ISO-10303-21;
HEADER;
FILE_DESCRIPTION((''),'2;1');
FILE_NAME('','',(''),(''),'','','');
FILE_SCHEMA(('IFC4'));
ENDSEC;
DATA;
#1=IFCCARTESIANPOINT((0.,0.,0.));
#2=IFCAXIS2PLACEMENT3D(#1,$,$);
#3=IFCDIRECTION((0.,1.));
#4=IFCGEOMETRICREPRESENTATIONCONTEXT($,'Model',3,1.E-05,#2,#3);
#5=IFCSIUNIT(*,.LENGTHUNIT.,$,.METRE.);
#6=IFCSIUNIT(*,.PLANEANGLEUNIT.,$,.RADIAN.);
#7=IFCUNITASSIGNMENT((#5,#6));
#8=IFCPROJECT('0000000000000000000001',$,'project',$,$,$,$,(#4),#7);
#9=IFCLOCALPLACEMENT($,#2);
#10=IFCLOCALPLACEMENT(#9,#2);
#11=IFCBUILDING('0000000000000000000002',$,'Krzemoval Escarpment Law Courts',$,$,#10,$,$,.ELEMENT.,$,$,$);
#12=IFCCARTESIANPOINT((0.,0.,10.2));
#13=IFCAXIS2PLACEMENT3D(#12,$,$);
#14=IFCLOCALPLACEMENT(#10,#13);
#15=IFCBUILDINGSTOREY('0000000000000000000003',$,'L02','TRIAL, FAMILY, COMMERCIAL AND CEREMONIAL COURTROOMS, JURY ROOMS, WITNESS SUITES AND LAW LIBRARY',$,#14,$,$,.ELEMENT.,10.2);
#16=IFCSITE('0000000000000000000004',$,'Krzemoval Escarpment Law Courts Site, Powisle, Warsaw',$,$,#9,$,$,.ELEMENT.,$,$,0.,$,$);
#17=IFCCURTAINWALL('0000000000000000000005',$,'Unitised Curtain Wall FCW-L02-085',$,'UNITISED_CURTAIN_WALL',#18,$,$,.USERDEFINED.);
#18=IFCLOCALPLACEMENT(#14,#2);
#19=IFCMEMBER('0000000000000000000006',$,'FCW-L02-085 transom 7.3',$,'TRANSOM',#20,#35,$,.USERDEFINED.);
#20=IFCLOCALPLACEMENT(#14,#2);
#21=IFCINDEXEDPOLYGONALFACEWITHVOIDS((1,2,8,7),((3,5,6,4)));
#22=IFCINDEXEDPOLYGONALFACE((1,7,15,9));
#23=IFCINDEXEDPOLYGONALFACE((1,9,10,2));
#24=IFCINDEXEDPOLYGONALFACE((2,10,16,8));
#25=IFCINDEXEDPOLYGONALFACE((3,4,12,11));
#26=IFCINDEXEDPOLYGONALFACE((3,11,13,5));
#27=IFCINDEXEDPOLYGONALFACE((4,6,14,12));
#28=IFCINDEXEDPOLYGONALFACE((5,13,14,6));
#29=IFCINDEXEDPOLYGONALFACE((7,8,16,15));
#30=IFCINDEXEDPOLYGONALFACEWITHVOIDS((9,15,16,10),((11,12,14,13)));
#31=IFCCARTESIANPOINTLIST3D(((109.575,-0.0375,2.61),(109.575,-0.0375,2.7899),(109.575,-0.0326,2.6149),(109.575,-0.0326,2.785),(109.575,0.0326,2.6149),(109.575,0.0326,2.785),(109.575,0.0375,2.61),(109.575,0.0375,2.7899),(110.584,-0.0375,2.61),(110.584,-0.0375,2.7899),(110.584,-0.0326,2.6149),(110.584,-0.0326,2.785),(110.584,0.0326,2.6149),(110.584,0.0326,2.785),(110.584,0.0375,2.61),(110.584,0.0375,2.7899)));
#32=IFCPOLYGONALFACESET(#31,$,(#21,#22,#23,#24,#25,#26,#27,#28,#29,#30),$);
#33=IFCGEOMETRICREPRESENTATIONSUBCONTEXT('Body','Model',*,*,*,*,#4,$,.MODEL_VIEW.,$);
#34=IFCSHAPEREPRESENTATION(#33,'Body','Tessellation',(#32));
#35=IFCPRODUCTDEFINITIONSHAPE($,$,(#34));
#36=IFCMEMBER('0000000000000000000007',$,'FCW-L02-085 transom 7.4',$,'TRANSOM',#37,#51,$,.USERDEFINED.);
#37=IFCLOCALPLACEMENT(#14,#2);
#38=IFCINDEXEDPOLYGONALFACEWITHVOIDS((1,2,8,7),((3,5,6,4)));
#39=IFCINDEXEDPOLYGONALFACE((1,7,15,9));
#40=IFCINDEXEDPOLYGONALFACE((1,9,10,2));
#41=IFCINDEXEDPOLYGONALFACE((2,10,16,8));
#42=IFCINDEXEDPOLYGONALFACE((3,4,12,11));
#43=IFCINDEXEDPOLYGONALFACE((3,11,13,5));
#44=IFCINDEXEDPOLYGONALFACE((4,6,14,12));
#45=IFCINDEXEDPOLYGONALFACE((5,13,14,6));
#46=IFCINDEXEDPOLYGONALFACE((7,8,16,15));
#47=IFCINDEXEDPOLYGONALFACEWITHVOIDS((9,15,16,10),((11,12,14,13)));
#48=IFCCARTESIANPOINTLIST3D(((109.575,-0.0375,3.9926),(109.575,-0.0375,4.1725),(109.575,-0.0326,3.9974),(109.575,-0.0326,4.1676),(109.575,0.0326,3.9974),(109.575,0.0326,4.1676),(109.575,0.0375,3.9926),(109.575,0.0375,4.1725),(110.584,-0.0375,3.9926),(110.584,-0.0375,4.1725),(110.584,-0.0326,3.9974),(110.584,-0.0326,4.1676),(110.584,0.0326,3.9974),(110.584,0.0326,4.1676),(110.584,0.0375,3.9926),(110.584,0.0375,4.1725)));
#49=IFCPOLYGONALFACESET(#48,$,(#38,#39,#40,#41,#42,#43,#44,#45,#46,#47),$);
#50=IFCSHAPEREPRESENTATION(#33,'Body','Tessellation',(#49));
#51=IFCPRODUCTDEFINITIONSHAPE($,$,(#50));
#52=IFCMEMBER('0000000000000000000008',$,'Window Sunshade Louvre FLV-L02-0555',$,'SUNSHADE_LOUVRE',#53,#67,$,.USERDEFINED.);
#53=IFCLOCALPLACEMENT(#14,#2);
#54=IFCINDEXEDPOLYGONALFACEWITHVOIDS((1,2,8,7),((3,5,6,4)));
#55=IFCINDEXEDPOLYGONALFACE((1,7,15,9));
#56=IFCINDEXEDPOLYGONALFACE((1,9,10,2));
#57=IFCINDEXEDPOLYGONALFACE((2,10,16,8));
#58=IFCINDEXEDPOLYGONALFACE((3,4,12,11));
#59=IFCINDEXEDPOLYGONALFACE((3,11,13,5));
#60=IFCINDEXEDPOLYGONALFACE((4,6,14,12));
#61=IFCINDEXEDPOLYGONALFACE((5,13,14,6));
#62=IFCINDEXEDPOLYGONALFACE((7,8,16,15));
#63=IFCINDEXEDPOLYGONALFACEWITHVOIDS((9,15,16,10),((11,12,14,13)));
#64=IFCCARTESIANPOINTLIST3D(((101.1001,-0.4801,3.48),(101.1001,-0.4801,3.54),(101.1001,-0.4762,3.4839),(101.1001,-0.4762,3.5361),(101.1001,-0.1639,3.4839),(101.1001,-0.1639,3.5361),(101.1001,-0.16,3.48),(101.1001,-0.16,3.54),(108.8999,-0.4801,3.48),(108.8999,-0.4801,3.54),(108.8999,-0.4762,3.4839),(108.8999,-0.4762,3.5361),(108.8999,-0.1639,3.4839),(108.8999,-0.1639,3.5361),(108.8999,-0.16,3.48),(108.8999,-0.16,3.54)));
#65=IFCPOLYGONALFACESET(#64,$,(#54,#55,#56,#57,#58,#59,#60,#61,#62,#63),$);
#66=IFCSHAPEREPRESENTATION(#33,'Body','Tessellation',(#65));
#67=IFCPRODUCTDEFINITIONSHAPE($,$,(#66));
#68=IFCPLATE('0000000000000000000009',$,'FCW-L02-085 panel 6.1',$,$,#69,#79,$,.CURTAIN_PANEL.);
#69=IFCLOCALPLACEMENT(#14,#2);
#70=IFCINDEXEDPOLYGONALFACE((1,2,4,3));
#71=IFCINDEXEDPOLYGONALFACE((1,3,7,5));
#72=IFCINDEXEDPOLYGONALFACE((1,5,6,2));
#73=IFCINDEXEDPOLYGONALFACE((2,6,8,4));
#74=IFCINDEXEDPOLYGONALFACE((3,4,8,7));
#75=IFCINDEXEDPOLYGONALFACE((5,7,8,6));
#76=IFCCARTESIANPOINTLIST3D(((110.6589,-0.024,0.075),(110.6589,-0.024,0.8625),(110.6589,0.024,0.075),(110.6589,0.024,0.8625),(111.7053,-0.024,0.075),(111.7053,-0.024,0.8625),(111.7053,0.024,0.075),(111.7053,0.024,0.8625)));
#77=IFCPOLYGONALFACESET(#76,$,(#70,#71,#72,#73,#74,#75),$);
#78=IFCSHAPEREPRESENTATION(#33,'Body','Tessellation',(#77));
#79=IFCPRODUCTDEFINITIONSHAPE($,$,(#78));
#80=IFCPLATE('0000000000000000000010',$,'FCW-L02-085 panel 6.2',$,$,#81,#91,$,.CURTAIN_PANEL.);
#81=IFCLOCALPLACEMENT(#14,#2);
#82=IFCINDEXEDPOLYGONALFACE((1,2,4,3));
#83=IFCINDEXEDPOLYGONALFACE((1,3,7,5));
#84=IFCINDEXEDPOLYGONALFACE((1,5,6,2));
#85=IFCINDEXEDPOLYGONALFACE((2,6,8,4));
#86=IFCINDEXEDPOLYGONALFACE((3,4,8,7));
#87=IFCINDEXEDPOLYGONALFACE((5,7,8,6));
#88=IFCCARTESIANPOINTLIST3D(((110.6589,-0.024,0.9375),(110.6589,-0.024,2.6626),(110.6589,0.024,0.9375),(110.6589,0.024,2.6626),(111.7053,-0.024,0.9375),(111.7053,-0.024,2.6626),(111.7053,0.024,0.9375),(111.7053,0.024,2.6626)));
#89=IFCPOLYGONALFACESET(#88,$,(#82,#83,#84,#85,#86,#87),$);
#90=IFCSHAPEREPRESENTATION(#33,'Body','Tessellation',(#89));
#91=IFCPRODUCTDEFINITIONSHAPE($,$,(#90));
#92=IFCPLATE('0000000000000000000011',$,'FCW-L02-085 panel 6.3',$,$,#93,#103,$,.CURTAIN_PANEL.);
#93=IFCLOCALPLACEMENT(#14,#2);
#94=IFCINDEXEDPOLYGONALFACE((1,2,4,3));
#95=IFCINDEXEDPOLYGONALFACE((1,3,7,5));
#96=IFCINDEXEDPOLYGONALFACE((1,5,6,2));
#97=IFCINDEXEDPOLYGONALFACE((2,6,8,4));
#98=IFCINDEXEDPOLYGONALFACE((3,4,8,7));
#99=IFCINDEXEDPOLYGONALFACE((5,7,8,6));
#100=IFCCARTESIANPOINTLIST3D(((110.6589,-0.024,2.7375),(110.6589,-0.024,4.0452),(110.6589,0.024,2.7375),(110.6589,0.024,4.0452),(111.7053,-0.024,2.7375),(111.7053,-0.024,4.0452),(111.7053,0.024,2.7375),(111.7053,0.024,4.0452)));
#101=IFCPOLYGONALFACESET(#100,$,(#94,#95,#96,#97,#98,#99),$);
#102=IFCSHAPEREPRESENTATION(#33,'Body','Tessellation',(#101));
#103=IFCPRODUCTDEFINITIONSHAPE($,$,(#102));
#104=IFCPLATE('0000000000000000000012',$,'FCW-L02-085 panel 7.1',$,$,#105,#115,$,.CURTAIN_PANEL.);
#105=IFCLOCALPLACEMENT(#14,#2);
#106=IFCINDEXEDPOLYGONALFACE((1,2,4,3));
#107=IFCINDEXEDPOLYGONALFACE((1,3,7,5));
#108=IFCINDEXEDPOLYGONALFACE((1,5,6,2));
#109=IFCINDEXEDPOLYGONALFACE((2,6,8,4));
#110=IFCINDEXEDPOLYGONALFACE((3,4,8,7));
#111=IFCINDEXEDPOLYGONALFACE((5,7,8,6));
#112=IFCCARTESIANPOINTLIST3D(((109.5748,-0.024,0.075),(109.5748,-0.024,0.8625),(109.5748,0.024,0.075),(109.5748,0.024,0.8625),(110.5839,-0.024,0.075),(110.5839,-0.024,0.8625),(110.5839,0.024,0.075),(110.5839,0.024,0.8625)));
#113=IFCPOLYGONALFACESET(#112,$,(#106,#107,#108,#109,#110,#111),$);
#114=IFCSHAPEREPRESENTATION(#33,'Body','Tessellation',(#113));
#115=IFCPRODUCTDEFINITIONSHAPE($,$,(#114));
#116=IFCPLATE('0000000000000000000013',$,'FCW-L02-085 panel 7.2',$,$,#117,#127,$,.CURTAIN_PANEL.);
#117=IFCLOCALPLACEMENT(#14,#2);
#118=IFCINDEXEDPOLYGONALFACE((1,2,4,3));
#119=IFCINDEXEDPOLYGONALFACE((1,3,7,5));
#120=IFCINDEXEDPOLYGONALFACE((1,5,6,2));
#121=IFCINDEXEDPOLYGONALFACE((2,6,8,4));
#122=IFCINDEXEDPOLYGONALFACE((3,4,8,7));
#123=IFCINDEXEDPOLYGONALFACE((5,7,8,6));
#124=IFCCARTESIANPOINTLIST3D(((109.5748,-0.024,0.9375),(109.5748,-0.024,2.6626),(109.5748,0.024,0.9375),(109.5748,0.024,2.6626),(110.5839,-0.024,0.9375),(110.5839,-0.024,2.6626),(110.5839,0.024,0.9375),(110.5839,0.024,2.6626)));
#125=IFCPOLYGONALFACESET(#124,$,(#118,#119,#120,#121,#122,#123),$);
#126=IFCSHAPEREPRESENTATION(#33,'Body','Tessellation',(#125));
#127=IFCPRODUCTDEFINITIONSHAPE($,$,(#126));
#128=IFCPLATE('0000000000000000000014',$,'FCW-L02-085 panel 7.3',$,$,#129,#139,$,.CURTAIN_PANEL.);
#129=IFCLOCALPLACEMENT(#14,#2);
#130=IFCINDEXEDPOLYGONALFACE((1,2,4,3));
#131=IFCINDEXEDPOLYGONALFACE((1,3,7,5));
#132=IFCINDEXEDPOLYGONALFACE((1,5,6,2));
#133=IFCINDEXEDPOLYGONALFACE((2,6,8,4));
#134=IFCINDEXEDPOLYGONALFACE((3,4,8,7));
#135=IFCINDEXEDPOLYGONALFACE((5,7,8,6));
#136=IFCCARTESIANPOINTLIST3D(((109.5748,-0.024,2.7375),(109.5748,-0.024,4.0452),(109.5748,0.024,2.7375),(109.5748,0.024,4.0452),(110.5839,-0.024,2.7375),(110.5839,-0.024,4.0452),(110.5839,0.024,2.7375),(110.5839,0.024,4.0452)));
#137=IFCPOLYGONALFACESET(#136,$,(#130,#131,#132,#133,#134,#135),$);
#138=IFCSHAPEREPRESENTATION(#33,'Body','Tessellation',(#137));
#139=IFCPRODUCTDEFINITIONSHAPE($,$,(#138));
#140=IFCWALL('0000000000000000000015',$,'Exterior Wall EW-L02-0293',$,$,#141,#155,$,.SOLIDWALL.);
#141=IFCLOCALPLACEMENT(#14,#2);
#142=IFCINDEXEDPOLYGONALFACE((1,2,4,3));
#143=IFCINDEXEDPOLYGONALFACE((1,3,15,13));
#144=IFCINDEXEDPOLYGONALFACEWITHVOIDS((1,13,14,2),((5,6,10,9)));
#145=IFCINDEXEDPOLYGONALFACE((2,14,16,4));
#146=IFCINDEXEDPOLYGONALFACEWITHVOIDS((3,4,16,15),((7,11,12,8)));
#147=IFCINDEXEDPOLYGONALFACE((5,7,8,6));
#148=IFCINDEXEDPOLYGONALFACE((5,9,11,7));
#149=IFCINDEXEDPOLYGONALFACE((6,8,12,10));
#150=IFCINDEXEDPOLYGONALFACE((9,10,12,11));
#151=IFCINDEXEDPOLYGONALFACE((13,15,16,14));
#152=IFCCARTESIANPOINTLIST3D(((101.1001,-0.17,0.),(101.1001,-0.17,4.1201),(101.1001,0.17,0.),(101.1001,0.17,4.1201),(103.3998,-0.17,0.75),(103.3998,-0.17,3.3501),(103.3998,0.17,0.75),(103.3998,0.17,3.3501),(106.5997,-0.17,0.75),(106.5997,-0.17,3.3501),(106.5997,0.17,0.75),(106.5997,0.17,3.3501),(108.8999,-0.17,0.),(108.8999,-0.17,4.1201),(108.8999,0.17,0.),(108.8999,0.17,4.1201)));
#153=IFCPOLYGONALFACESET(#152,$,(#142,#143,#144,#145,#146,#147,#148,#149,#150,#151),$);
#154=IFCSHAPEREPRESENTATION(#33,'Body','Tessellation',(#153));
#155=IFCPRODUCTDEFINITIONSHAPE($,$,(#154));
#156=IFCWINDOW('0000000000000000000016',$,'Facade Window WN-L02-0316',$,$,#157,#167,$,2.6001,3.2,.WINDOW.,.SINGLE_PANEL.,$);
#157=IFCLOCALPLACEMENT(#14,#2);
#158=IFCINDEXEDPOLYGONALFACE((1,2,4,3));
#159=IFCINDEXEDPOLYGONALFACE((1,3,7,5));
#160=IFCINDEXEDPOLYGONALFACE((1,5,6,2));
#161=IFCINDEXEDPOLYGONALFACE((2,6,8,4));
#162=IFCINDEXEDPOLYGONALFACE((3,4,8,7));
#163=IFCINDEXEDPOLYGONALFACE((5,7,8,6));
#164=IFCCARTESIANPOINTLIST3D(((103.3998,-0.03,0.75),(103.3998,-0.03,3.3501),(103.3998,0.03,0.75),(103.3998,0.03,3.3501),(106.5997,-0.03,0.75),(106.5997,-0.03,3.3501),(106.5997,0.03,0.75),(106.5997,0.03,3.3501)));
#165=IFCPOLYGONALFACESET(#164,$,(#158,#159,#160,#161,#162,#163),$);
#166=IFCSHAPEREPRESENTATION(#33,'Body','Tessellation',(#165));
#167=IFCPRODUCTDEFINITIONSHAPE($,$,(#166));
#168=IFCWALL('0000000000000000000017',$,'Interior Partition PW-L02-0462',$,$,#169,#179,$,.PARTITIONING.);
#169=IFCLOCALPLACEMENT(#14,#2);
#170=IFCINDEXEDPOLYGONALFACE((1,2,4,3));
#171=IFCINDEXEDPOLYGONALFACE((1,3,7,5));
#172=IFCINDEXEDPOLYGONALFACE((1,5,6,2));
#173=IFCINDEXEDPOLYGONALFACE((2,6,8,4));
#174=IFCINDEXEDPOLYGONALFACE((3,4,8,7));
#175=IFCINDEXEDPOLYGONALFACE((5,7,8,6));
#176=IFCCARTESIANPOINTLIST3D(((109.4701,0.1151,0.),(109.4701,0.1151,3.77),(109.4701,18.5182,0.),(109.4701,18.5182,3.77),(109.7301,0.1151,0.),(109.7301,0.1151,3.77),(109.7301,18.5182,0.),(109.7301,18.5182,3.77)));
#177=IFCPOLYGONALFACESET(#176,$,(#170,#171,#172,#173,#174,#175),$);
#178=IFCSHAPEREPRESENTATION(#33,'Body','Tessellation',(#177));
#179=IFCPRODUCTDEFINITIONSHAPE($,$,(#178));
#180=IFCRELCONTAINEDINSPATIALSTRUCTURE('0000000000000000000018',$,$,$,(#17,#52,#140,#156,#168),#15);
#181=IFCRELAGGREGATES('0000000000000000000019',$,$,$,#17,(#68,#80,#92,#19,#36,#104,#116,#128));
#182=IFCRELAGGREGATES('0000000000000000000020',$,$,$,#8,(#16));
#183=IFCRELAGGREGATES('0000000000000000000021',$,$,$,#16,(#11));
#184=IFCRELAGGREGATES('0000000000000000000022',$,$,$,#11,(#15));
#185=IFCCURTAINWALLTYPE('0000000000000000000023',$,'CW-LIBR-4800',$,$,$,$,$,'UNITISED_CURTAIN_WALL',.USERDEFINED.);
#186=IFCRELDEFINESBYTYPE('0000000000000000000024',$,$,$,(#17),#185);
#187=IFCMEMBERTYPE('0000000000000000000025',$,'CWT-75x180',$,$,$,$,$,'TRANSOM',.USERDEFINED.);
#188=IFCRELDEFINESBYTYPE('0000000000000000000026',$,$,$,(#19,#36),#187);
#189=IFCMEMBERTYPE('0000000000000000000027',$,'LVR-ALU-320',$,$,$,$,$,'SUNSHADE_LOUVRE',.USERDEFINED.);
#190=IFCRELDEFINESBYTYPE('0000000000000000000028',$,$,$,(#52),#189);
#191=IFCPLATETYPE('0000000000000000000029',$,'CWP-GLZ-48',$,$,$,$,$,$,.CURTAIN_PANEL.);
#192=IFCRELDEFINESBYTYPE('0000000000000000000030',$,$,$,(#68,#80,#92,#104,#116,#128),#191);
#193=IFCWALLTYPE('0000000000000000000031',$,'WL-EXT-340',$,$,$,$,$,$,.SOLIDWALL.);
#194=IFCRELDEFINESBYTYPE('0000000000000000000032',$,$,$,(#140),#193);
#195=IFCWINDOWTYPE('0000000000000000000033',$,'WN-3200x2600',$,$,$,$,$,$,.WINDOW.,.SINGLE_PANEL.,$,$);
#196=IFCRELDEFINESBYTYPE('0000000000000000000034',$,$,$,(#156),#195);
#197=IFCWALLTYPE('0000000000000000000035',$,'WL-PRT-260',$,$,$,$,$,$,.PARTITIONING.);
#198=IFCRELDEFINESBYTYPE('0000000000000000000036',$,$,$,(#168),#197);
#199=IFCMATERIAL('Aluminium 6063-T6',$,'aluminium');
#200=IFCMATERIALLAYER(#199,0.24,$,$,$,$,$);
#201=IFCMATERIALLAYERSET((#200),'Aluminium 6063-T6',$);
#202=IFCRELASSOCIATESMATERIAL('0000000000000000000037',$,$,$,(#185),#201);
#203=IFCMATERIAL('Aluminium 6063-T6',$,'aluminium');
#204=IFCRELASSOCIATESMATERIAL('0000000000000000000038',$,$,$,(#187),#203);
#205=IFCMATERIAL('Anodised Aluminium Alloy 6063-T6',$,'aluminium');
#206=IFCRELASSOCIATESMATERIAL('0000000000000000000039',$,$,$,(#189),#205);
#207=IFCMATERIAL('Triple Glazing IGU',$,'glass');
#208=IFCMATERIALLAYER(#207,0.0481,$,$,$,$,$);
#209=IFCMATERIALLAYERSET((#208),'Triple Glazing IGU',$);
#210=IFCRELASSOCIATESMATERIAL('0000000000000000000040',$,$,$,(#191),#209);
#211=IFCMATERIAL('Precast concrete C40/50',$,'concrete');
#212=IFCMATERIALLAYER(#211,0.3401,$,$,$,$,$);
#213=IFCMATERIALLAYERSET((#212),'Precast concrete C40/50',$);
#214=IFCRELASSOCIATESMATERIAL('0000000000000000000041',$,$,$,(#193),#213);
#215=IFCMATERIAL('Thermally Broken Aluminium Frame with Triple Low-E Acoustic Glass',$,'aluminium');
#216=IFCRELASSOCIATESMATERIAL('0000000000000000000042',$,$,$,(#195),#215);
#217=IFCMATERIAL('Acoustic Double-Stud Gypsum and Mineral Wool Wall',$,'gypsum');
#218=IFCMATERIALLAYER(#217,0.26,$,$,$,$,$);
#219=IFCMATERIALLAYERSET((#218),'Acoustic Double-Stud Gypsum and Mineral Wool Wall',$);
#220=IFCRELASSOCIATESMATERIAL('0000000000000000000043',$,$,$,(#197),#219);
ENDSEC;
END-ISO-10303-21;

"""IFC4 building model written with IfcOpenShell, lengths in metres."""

from ifc_helpers import new_model, si_unit, direction, frame, frame_2d, origin, origin_2d, place, context, subcontext, project, spatial, rectangle, hollow_rectangle, extrude, material, layer, layer_set, material_profile, profile_set, type_object, element, fill, aggregate, save


model = new_model("IFC4")

# Units and contexts
model_context = context("Model", 3, precision=1e-05, world=origin(), true_north=direction((0.0, 1.0)))
body_context = subcontext(model_context, "Body", "Model", "MODEL_VIEW")
ifc_project = project(units=[si_unit("LENGTHUNIT", "METRE"), si_unit("PLANEANGLEUNIT", "RADIAN")], contexts=[model_context])

# Site, building, storey
site_placement = place(None, origin())
site = spatial("IfcSite", under=ifc_project, at=site_placement, Name="Krzemoval Escarpment Law Courts Site, Powisle, Warsaw", CompositionType="ELEMENT", RefElevation=0.0)
building_placement = place(site_placement, origin())
building = spatial("IfcBuilding", under=site, at=building_placement, Name="Krzemoval Escarpment Law Courts", CompositionType="ELEMENT")
storey_placement = place(building_placement, frame((0.0, 0.0, 10.2)))
storey = spatial("IfcBuildingStorey", under=building, at=storey_placement, Name="L02", Description="TRIAL, FAMILY, COMMERCIAL AND CEREMONIAL COURTROOMS, JURY ROOMS, WITNESS SUITES AND LAW LIBRARY", CompositionType="ELEMENT", Elevation=10.2)

# Curtain wall, members
ifc_material_1 = material(Name="Aluminium 6063-T6", Category="aluminium")
ifc_layer_1 = layer(ifc_material_1, 0.24)
ifc_layer_set_1 = layer_set([ifc_layer_1], Name="Aluminium 6063-T6")
curtain_wall_type = type_object("IfcCurtainWallType", Name="CW-LIBR-4800", ElementType="UNITISED_CURTAIN_WALL", PredefinedType="USERDEFINED", material=ifc_layer_set_1)
curtain_wall_placement = place(storey_placement, origin())
curtain_wall = element("IfcCurtainWall", 1, at=curtain_wall_placement, inside=storey, type_object=curtain_wall_type, Name="Unitised Curtain Wall FCW-L02-085", ObjectType="UNITISED_CURTAIN_WALL", PredefinedType="USERDEFINED")
ifc_material_2 = material(Name="Aluminium 6063-T6", Category="aluminium")
ifc_material_profile_1 = material_profile(ifc_material_2, hollow_rectangle(XDim=0.075, YDim=0.1799, WallThickness=0.0049, at=origin_2d()), Name="ALU T75x180")
ifc_profile_set_1 = profile_set([ifc_material_profile_1], Name="Aluminium 6063-T6")
member_type_1 = type_object("IfcMemberType", Name="CWT-75x180", ElementType="TRANSOM", PredefinedType="USERDEFINED", material=ifc_profile_set_1)
member_1_placement = place(storey_placement, frame((110.584, 0.0, 2.7), z_axis=(-1.0, 0.0, 0.0), x_axis=(0.0, -1.0, 0.0)))
member_1 = element("IfcMember", 2, at=member_1_placement, type_object=member_type_1, Name="FCW-L02-085 transom 7.3", ObjectType="TRANSOM", PredefinedType="USERDEFINED", context=body_context, shape_type="SweptSolid", body=[
    extrude(hollow_rectangle(XDim=0.075, YDim=0.1799, WallThickness=0.0049, at=origin_2d()), origin(), (0.0, 0.0, 1.0), 1.009),
])
member_2_placement = place(storey_placement, frame((110.584, 0.0, 4.0825), z_axis=(-1.0, 0.0, 0.0), x_axis=(0.0, -1.0, 0.0)))
member_2 = element("IfcMember", 3, at=member_2_placement, type_object=member_type_1, Name="FCW-L02-085 transom 7.4", ObjectType="TRANSOM", PredefinedType="USERDEFINED", context=body_context, shape_type="SweptSolid", body=[
    extrude(hollow_rectangle(XDim=0.075, YDim=0.1799, WallThickness=0.0049, at=origin_2d()), origin(), (0.0, 0.0, 1.0), 1.009),
])

# Member
ifc_material_3 = material(Name="Anodised Aluminium Alloy 6063-T6", Category="aluminium")
ifc_material_profile_2 = material_profile(ifc_material_3, hollow_rectangle(XDim=0.0601, YDim=0.3201, WallThickness=0.0039, at=origin_2d()), Name="ALU LVR 60x320")
ifc_profile_set_2 = profile_set([ifc_material_profile_2], Name="Anodised Aluminium Alloy 6063-T6")
member_type_2 = type_object("IfcMemberType", Name="LVR-ALU-320", ElementType="SUNSHADE_LOUVRE", PredefinedType="USERDEFINED", material=ifc_profile_set_2)
member_3_placement = place(storey_placement, frame((108.8999, -0.3201, 3.51), z_axis=(-1.0, 0.0, 0.0), x_axis=(0.0, 0.0, 1.0)))
element("IfcMember", 4, at=member_3_placement, inside=storey, type_object=member_type_2, Name="Window Sunshade Louvre FLV-L02-0555", ObjectType="SUNSHADE_LOUVRE", PredefinedType="USERDEFINED", context=body_context, shape_type="SweptSolid", body=[
    extrude(hollow_rectangle(XDim=0.0601, YDim=0.3201, WallThickness=0.0039, at=origin_2d()), origin(), (0.0, 0.0, 1.0), 7.7998),
])

# Plates
ifc_material_4 = material(Name="Triple Glazing IGU", Category="glass")
ifc_layer_2 = layer(ifc_material_4, 0.0481)
ifc_layer_set_2 = layer_set([ifc_layer_2], Name="Triple Glazing IGU")
plate_type = type_object("IfcPlateType", Name="CWP-GLZ-48", PredefinedType="CURTAIN_PANEL", material=ifc_layer_set_2)
plate_1_placement = place(storey_placement, frame((111.1821, 0.0, 0.075), z_axis=(0.0, 0.0, 1.0), x_axis=(-1.0, 0.0, 0.0)))
plate_1 = element("IfcPlate", 5, at=plate_1_placement, type_object=plate_type, Name="FCW-L02-085 panel 6.1", PredefinedType="CURTAIN_PANEL", context=body_context, shape_type="SweptSolid", body=[
    extrude(rectangle(XDim=1.0464, YDim=0.0481, at=origin_2d()), origin(), (0.0, 0.0, 1.0), 0.7876),
])
plate_2_placement = place(storey_placement, frame((111.1821, 0.0, 0.9375), z_axis=(0.0, 0.0, 1.0), x_axis=(-1.0, 0.0, 0.0)))
plate_2 = element("IfcPlate", 6, at=plate_2_placement, type_object=plate_type, Name="FCW-L02-085 panel 6.2", PredefinedType="CURTAIN_PANEL", context=body_context, shape_type="SweptSolid", body=[
    extrude(rectangle(XDim=1.0464, YDim=0.0481, at=origin_2d()), origin(), (0.0, 0.0, 1.0), 1.7251),
])
plate_3_placement = place(storey_placement, frame((111.1821, 0.0, 2.7375), z_axis=(0.0, 0.0, 1.0), x_axis=(-1.0, 0.0, 0.0)))
plate_3 = element("IfcPlate", 7, at=plate_3_placement, type_object=plate_type, Name="FCW-L02-085 panel 6.3", PredefinedType="CURTAIN_PANEL", context=body_context, shape_type="SweptSolid", body=[
    extrude(rectangle(XDim=1.0464, YDim=0.0481, at=origin_2d()), origin(), (0.0, 0.0, 1.0), 1.3076),
])
plate_4_placement = place(storey_placement, frame((110.0793, 0.0, 0.075), z_axis=(0.0, 0.0, 1.0), x_axis=(-1.0, 0.0, 0.0)))
plate_4 = element("IfcPlate", 8, at=plate_4_placement, type_object=plate_type, Name="FCW-L02-085 panel 7.1", PredefinedType="CURTAIN_PANEL", context=body_context, shape_type="SweptSolid", body=[
    extrude(rectangle(XDim=1.009, YDim=0.0481, at=origin_2d()), origin(), (0.0, 0.0, 1.0), 0.7876),
])
plate_5_placement = place(storey_placement, frame((110.0793, 0.0, 0.9375), z_axis=(0.0, 0.0, 1.0), x_axis=(-1.0, 0.0, 0.0)))
plate_5 = element("IfcPlate", 9, at=plate_5_placement, type_object=plate_type, Name="FCW-L02-085 panel 7.2", PredefinedType="CURTAIN_PANEL", context=body_context, shape_type="SweptSolid", body=[
    extrude(rectangle(XDim=1.009, YDim=0.0481, at=origin_2d()), origin(), (0.0, 0.0, 1.0), 1.7251),
])
plate_6_placement = place(storey_placement, frame((110.0793, 0.0, 2.7375), z_axis=(0.0, 0.0, 1.0), x_axis=(-1.0, 0.0, 0.0)))
plate_6 = element("IfcPlate", 10, at=plate_6_placement, type_object=plate_type, Name="FCW-L02-085 panel 7.3", PredefinedType="CURTAIN_PANEL", context=body_context, shape_type="SweptSolid", body=[
    extrude(rectangle(XDim=1.009, YDim=0.0481, at=origin_2d()), origin(), (0.0, 0.0, 1.0), 1.3076),
])
aggregate(curtain_wall, [plate_1, plate_2, plate_3, member_1, member_2, plate_4, plate_5, plate_6])

# Wall, opening, window
ifc_material_5 = material(Name="Precast concrete C40/50", Category="concrete")
ifc_layer_3 = layer(ifc_material_5, 0.3401)
ifc_layer_set_3 = layer_set([ifc_layer_3], Name="Precast concrete C40/50")
wall_type_1 = type_object("IfcWallType", Name="WL-EXT-340", PredefinedType="SOLIDWALL", material=ifc_layer_set_3)
wall_1_placement = place(storey_placement, frame((108.8999, 0.0, 0.0), z_axis=(0.0, 0.0, 1.0), x_axis=(-1.0, 0.0, 0.0)))
wall_1 = element("IfcWall", 11, at=wall_1_placement, inside=storey, type_object=wall_type_1, Name="Exterior Wall EW-L02-0293", PredefinedType="SOLIDWALL", context=body_context, shape_type="SweptSolid", body=[
    extrude(rectangle(XDim=7.7998, YDim=0.3401, at=frame_2d((3.8999, 0.0))), origin(), (0.0, 0.0, 1.0), 4.1201),
])
opening_placement = place(wall_1_placement, frame((2.3, 0.0, 0.75)))
opening = element("IfcOpeningElement", 12, at=opening_placement, cuts=wall_1, PredefinedType="OPENING", context=body_context, shape_type="SweptSolid", body=[
    extrude(rectangle(XDim=3.2, YDim=2.6001, at=frame_2d((1.6001, 1.3))), frame((0.0, 0.185, 0.0), z_axis=(0.0, -1.0, 0.0), x_axis=(1.0, 0.0, 0.0)), (0.0, 0.0, 1.0), 0.3701),
])
ifc_material_6 = material(Name="Thermally Broken Aluminium Frame with Triple Low-E Acoustic Glass", Category="aluminium")
window_type = type_object("IfcWindowType", Name="WN-3200x2600", PartitioningType="SINGLE_PANEL", PredefinedType="WINDOW", material=ifc_material_6)
window_placement = place(opening_placement, origin())
window = element("IfcWindow", 13, at=window_placement, inside=storey, type_object=window_type, Name="Facade Window WN-L02-0316", OverallHeight=2.6001, OverallWidth=3.2, PartitioningType="SINGLE_PANEL", PredefinedType="WINDOW", context=body_context, shape_type="SweptSolid", body=[
    extrude(rectangle(XDim=3.2, YDim=2.6001, at=frame_2d((1.6001, 1.3))), frame((0.0, 0.03, 0.0), z_axis=(0.0, -1.0, 0.0), x_axis=(1.0, 0.0, 0.0)), (0.0, 0.0, 1.0), 0.0601),
])
fill(opening, window)

# Wall
ifc_material_7 = material(Name="Acoustic Double-Stud Gypsum and Mineral Wool Wall", Category="gypsum")
ifc_layer_4 = layer(ifc_material_7, 0.26)
ifc_layer_set_4 = layer_set([ifc_layer_4], Name="Acoustic Double-Stud Gypsum and Mineral Wool Wall")
wall_type_2 = type_object("IfcWallType", Name="WL-PRT-260", PredefinedType="PARTITIONING", material=ifc_layer_set_4)
wall_2_placement = place(storey_placement, frame((109.6001, 0.115, 0.0), z_axis=(0.0, 0.0, 1.0), x_axis=(0.0, 1.0, 0.0)))
element("IfcWall", 14, at=wall_2_placement, inside=storey, type_object=wall_type_2, Name="Interior Partition PW-L02-0462", PredefinedType="PARTITIONING", context=body_context, shape_type="SweptSolid", body=[
    extrude(rectangle(XDim=18.4031, YDim=0.26, at=frame_2d((9.2017, 0.0))), origin(), (0.0, 0.0, 1.0), 3.77),
])

save(model, "model.ifc")
